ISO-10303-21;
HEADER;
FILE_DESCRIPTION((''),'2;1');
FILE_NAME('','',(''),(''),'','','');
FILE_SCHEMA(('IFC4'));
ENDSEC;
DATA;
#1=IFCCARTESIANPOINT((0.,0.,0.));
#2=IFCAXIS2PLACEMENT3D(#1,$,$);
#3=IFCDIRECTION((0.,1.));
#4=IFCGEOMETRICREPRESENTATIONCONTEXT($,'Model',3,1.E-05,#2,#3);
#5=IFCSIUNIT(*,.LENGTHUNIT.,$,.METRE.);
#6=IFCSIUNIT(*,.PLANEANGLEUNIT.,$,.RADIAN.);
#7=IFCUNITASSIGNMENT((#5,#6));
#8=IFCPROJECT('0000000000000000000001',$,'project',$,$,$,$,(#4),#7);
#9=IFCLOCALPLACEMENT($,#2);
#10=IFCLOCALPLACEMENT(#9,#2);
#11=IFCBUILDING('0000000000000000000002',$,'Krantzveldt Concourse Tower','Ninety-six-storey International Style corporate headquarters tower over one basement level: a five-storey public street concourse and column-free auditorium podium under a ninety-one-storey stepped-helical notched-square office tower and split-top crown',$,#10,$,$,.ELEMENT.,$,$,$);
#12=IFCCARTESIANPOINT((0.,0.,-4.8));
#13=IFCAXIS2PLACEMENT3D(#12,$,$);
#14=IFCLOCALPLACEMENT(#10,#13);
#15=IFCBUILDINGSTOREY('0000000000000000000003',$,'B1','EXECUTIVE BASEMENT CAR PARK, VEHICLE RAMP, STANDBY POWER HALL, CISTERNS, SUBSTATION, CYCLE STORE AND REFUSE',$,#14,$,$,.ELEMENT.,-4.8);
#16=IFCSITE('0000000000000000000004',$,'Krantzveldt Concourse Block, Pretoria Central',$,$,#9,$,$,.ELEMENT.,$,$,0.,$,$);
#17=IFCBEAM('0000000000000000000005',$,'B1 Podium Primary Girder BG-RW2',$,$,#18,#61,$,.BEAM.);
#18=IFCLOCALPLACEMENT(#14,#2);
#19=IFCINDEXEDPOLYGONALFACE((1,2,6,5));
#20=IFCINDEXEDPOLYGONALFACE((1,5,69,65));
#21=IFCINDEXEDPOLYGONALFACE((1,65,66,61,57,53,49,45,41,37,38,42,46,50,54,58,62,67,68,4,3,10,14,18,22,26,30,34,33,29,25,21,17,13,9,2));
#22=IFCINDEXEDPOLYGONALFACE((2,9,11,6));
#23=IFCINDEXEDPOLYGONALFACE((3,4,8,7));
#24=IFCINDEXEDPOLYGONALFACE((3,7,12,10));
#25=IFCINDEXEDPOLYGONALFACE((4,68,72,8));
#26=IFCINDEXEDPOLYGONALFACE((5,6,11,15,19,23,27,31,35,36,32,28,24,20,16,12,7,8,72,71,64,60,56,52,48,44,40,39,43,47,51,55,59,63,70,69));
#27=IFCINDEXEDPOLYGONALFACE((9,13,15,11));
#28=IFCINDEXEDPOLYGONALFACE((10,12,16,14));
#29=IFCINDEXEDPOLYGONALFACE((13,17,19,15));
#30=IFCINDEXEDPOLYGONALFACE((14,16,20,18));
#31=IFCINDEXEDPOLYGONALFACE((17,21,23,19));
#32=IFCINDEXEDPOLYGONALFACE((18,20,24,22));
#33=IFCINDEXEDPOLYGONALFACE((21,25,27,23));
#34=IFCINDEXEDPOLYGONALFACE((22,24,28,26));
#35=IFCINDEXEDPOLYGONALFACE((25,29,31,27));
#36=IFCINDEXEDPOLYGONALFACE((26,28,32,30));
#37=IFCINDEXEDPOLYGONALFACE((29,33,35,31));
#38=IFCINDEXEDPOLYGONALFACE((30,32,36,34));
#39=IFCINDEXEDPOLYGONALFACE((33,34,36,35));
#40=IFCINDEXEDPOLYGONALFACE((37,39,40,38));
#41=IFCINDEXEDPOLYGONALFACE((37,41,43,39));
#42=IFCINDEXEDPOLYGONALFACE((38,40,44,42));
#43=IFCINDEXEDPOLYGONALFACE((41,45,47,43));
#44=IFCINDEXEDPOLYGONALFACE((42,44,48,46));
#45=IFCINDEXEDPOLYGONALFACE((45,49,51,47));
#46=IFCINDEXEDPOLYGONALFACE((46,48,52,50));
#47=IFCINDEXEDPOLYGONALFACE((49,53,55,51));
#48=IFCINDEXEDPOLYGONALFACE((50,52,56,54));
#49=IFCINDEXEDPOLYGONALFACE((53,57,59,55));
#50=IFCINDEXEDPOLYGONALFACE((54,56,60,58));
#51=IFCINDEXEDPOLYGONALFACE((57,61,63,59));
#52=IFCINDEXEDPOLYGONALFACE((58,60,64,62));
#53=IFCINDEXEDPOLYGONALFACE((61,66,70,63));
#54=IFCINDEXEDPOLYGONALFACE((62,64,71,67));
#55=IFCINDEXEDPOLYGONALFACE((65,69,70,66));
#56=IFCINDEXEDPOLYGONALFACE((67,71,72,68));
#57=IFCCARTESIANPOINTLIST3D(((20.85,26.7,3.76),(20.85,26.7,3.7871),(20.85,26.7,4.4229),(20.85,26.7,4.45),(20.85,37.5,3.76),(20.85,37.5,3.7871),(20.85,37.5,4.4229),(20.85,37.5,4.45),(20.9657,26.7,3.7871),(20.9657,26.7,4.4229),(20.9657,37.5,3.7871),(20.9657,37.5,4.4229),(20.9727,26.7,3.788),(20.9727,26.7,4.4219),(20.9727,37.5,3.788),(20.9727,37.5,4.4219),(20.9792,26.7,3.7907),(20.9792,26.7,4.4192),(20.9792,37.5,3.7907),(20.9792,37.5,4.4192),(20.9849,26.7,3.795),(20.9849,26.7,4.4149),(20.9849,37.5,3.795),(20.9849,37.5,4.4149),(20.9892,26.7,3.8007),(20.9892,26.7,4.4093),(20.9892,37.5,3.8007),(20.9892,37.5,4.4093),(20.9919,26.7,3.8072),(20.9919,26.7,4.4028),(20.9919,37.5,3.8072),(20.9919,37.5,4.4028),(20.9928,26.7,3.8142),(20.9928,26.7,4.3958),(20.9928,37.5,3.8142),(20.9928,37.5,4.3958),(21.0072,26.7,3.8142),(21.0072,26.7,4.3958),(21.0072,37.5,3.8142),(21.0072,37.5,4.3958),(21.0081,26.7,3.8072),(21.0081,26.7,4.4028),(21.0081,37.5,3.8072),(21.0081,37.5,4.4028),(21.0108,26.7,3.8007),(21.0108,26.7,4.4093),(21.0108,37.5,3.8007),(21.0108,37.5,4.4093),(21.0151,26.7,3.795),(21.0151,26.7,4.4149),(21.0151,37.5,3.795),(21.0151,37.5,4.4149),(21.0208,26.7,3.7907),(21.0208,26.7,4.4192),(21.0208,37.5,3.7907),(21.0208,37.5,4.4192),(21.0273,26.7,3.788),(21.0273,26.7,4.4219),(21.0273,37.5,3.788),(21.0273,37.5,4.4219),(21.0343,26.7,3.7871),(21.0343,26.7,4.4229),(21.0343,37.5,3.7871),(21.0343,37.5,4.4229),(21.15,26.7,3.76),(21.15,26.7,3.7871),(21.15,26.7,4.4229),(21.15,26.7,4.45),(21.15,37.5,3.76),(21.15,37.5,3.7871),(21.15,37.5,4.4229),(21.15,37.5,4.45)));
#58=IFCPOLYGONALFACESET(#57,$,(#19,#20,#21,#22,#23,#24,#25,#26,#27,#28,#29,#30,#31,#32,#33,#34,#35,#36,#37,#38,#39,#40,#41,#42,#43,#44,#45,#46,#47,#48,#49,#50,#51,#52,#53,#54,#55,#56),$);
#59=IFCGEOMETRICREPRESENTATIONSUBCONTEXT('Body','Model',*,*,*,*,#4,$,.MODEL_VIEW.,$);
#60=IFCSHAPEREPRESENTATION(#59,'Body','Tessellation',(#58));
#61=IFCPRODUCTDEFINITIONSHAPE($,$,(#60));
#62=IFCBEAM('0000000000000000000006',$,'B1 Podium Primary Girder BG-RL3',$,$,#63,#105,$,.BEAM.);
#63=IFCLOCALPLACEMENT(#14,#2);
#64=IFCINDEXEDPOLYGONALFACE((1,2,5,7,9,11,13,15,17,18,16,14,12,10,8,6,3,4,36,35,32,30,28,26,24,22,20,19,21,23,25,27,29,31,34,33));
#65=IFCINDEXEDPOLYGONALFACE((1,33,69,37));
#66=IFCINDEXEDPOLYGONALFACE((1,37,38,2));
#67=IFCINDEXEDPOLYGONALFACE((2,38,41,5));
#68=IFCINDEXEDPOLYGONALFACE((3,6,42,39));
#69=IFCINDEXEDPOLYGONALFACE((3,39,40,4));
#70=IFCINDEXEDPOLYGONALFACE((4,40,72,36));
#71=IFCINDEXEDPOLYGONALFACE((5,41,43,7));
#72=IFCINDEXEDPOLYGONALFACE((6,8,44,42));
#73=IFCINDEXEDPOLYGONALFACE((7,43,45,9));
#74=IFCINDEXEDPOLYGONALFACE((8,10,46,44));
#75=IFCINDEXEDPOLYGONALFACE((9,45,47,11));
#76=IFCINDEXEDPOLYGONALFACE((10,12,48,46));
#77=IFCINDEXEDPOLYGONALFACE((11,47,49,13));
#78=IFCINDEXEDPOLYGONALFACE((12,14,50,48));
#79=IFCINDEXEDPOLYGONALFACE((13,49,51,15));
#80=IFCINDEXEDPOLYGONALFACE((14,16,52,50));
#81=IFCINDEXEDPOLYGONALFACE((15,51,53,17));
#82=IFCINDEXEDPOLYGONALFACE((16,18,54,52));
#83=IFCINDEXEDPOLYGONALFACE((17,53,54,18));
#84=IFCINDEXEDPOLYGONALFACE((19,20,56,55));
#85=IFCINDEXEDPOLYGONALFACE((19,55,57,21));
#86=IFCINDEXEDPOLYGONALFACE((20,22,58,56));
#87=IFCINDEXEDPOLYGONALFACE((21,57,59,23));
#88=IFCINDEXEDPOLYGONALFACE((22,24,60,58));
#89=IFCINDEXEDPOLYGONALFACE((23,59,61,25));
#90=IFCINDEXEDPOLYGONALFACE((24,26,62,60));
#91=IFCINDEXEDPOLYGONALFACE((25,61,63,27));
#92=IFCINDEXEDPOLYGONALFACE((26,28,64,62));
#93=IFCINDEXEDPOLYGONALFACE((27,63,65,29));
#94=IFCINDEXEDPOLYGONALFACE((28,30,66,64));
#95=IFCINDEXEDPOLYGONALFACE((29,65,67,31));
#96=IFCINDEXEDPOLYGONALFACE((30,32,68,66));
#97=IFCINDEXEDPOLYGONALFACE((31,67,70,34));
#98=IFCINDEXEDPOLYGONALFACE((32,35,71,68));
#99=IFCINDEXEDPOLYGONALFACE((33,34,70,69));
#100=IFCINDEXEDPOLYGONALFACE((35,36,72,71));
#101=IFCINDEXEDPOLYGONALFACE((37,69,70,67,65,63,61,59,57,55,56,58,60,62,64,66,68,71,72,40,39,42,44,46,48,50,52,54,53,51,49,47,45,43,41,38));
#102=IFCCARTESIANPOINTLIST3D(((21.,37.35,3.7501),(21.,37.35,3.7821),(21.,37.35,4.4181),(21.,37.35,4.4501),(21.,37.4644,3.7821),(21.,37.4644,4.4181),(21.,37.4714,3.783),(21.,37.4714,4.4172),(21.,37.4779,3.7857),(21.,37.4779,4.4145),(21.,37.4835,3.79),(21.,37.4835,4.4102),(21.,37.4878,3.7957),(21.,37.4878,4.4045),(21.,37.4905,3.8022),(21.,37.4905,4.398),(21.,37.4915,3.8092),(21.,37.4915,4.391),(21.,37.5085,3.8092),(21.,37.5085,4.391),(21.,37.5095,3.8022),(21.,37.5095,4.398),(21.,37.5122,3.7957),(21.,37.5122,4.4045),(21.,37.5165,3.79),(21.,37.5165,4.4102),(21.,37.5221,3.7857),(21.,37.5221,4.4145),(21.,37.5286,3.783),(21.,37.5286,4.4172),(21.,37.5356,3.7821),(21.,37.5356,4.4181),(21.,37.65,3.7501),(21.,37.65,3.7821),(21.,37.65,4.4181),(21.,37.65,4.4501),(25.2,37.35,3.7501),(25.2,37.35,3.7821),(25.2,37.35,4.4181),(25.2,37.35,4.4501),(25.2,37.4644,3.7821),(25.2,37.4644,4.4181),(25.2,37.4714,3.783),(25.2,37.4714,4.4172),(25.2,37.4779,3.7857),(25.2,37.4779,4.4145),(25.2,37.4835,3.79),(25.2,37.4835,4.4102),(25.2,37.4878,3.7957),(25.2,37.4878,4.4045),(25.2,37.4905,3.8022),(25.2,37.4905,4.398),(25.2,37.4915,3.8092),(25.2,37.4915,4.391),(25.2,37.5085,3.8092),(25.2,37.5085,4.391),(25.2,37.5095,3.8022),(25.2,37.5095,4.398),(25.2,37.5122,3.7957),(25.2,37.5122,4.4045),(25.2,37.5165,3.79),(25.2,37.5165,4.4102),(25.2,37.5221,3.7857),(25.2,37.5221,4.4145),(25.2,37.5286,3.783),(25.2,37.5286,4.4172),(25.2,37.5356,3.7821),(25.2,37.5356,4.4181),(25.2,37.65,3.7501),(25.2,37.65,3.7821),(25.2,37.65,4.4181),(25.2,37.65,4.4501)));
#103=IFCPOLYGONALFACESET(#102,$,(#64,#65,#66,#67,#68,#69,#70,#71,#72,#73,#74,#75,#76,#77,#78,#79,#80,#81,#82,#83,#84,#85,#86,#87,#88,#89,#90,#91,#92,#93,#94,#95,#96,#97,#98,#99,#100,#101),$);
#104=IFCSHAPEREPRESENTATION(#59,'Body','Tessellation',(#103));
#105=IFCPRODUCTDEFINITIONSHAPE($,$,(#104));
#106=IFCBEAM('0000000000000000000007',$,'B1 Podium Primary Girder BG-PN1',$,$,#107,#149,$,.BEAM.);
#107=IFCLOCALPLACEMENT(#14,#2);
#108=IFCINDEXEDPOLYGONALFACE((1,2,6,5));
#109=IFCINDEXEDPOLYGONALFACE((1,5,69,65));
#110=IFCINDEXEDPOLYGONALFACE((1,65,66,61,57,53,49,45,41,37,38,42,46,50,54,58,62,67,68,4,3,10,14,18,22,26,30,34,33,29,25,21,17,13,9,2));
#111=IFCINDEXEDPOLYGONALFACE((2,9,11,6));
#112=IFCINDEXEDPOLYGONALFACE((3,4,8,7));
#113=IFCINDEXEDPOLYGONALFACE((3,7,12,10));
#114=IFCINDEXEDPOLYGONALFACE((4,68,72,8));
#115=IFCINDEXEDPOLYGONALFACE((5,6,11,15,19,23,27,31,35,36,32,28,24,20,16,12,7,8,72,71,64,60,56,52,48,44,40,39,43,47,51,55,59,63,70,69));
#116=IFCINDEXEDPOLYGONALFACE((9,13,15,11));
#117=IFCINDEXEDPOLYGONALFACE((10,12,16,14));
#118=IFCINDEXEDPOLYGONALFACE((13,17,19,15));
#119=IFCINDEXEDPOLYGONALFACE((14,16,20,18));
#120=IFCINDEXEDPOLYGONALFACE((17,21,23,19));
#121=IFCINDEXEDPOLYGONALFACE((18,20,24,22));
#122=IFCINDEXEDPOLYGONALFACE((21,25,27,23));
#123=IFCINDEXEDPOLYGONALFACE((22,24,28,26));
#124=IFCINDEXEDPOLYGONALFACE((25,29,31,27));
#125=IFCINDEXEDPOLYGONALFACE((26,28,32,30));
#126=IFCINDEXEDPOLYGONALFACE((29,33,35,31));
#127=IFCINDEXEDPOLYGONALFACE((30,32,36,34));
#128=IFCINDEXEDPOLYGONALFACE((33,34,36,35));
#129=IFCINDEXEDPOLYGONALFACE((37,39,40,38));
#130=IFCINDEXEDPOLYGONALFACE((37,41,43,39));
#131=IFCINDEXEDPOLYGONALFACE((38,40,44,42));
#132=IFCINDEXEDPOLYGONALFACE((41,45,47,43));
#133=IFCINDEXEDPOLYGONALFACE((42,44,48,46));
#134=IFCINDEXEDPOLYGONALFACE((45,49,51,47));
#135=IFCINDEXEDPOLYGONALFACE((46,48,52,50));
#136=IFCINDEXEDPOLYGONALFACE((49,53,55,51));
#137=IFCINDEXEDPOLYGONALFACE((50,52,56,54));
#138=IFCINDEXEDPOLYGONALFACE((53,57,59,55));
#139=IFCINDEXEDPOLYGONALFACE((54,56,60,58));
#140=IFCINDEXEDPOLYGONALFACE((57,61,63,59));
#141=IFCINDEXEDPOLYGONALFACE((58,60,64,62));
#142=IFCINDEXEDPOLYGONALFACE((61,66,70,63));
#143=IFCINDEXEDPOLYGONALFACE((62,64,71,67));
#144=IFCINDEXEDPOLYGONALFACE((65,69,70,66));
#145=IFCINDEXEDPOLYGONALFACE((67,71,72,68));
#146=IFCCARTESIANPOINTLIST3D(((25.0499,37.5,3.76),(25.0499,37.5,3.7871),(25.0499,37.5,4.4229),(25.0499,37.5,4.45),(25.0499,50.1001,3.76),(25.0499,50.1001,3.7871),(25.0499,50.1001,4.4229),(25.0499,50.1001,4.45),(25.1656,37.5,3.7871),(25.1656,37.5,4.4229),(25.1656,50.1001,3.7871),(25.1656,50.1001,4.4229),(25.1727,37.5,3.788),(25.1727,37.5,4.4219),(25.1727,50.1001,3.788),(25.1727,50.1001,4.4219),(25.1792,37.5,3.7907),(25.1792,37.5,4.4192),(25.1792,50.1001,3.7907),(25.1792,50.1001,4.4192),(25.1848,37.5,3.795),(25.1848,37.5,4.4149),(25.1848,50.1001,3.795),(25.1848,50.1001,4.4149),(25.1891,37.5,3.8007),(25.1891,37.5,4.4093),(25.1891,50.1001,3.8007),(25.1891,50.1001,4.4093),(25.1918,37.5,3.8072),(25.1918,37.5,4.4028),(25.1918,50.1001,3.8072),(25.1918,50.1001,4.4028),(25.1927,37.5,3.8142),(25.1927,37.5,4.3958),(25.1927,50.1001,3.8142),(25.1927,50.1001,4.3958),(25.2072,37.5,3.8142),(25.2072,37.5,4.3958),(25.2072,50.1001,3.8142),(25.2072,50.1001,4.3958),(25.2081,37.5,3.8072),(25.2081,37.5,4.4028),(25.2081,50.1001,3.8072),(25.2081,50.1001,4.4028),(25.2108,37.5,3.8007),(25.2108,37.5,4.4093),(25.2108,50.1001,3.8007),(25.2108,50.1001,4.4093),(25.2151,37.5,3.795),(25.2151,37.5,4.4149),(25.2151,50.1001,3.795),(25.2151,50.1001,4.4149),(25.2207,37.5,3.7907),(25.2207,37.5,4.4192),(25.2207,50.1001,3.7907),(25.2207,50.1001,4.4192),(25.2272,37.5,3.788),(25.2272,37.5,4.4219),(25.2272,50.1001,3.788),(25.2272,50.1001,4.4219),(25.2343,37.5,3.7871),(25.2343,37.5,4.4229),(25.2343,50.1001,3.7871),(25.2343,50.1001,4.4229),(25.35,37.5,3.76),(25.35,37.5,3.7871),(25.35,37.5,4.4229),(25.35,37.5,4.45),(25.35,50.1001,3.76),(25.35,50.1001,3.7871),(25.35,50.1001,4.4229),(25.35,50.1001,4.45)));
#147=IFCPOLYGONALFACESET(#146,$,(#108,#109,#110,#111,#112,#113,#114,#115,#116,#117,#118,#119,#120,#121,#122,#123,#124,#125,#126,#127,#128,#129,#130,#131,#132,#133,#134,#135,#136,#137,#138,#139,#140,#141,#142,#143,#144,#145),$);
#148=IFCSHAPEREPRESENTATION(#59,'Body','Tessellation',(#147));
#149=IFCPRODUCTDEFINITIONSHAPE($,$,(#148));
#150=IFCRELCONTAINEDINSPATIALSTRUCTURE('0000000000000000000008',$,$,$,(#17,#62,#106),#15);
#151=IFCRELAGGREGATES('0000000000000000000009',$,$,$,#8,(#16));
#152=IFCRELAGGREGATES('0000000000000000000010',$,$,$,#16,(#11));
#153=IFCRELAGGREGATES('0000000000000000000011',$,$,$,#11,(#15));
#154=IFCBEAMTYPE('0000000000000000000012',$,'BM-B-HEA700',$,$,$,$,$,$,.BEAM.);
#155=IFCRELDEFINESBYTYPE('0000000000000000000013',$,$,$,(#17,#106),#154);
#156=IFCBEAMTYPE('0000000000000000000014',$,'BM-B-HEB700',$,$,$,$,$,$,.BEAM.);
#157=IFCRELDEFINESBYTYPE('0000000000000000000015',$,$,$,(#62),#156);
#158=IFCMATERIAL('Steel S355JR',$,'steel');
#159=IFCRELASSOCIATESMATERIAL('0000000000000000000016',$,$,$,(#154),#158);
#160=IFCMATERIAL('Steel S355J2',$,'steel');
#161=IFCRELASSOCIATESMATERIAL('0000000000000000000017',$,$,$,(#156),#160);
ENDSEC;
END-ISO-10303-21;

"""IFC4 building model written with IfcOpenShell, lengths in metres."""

from ifc_helpers import new_model, si_unit, direction, frame, origin, origin_2d, place, context, subcontext, project, spatial, i_section, extrude, source, transform, mapped, material, material_profile, profile_set, type_object, type_shapes, element, save


model = new_model("IFC4")

# Units and contexts
model_context = context("Model", 3, precision=1e-05, world=origin(), true_north=direction((0.0, 1.0)))
body_context = subcontext(model_context, "Body", "Model", "MODEL_VIEW")
ifc_project = project(units=[si_unit("LENGTHUNIT", "METRE"), si_unit("PLANEANGLEUNIT", "RADIAN")], contexts=[model_context])

# Site, building, storey
site_placement = place(None, origin())
site = spatial("IfcSite", under=ifc_project, at=site_placement, Name="Krantzveldt Concourse Block, Pretoria Central", CompositionType="ELEMENT", RefElevation=0.0)
building_placement = place(site_placement, origin())
building = spatial("IfcBuilding", under=site, at=building_placement, Name="Krantzveldt Concourse Tower", Description="Ninety-six-storey International Style corporate headquarters tower over one basement level: a five-storey public street concourse and column-free auditorium podium under a ninety-one-storey stepped-helical notched-square office tower and split-top crown", CompositionType="ELEMENT")
storey_placement = place(building_placement, frame((0.0, 0.0, -4.8)))
storey = spatial("IfcBuildingStorey", under=building, at=storey_placement, Name="B1", Description="EXECUTIVE BASEMENT CAR PARK, VEHICLE RAMP, STANDBY POWER HALL, CISTERNS, SUBSTATION, CYCLE STORE AND REFUSE", CompositionType="ELEMENT", Elevation=-4.8)

# Beams
ifc_material_1 = material(Name="Steel S355J2", Category="steel")
ifc_material_2 = material(Name="Steel S355JR", Category="steel")
ifc_material_profile_1 = material_profile(ifc_material_2, i_section(OverallWidth=0.3, OverallDepth=0.6899, WebThickness=0.0144, FlangeThickness=0.0271, FilletRadius=0.0271, at=origin_2d()), Name="Steel S355JR", Category="steel")
ifc_profile_set_1 = profile_set([ifc_material_profile_1], Name="Steel S355JR - HEA 700")
beam_type_1 = type_object("IfcBeamType", Name="BM-B-HEA700", PredefinedType="BEAM", material=ifc_profile_set_1)
shared_shape_1 = source(origin(), body_context, "Body", "SweptSolid", [
    extrude(i_section(OverallWidth=0.3, OverallDepth=0.6899, WebThickness=0.0144, FlangeThickness=0.0271, FilletRadius=0.0271, at=origin_2d()), origin(), (0.0, 0.0, 1.0), 10.8),
])
beam_1_placement = place(storey_placement, frame((21.0, 26.7, 4.105), z_axis=(0.0, 1.0, 0.0), x_axis=(-1.0, 0.0, 0.0)))
element("IfcBeam", 1, at=beam_1_placement, inside=storey, type_object=beam_type_1, Name="B1 Podium Primary Girder BG-RW2", PredefinedType="BEAM", context=body_context, shape_type="MappedRepresentation", body=[
    mapped(shared_shape_1, transform((0.0, 0.0, 0.0), x_axis=(1.0, 0.0, 0.0), y_axis=(0.0, 1.0, 0.0), z_axis=(0.0, 0.0, 1.0), scale=1.0)),
])
ifc_material_profile_2 = material_profile(ifc_material_1, i_section(OverallWidth=0.3, OverallDepth=0.7, WebThickness=0.0171, FlangeThickness=0.032, FilletRadius=0.0271, at=origin_2d()), Name="Steel S355J2", Category="steel")
ifc_profile_set_2 = profile_set([ifc_material_profile_2], Name="Steel S355J2 - HEB 700")
beam_type_2 = type_object("IfcBeamType", Name="BM-B-HEB700", PredefinedType="BEAM", material=ifc_profile_set_2)
shared_shape_2 = source(origin(), body_context, "Body", "SweptSolid", [
    extrude(i_section(OverallWidth=0.3, OverallDepth=0.7, WebThickness=0.0171, FlangeThickness=0.032, FilletRadius=0.0271, at=origin_2d()), origin(), (0.0, 0.0, 1.0), 4.2),
])
type_shapes(beam_type_2, [shared_shape_2])
beam_2_placement = place(storey_placement, frame((21.0, 37.5, 4.1001), z_axis=(1.0, 0.0, 0.0), x_axis=(0.0, 1.0, 0.0)))
element("IfcBeam", 2, at=beam_2_placement, inside=storey, type_object=beam_type_2, Name="B1 Podium Primary Girder BG-RL3", PredefinedType="BEAM", context=body_context, shape_type="MappedRepresentation", body=[
    mapped(shared_shape_2, transform((0.0, 0.0, 0.0), x_axis=(1.0, 0.0, 0.0), y_axis=(0.0, 1.0, 0.0), z_axis=(0.0, 0.0, 1.0), scale=1.0)),
])
shared_shape_3 = source(origin(), body_context, "Body", "SweptSolid", [
    extrude(i_section(OverallWidth=0.3, OverallDepth=0.6899, WebThickness=0.0144, FlangeThickness=0.0271, FilletRadius=0.0271, at=origin_2d()), origin(), (0.0, 0.0, 1.0), 12.6001),
])
type_shapes(beam_type_1, [shared_shape_1, shared_shape_3])
beam_3_placement = place(storey_placement, frame((25.2, 37.5, 4.105), z_axis=(0.0, 1.0, 0.0), x_axis=(-1.0, 0.0, 0.0)))
element("IfcBeam", 3, at=beam_3_placement, inside=storey, type_object=beam_type_1, Name="B1 Podium Primary Girder BG-PN1", PredefinedType="BEAM", context=body_context, shape_type="MappedRepresentation", body=[
    mapped(shared_shape_3, transform((0.0, 0.0, 0.0), x_axis=(1.0, 0.0, 0.0), y_axis=(0.0, 1.0, 0.0), z_axis=(0.0, 0.0, 1.0), scale=1.0)),
])

save(model, "model.ifc")
